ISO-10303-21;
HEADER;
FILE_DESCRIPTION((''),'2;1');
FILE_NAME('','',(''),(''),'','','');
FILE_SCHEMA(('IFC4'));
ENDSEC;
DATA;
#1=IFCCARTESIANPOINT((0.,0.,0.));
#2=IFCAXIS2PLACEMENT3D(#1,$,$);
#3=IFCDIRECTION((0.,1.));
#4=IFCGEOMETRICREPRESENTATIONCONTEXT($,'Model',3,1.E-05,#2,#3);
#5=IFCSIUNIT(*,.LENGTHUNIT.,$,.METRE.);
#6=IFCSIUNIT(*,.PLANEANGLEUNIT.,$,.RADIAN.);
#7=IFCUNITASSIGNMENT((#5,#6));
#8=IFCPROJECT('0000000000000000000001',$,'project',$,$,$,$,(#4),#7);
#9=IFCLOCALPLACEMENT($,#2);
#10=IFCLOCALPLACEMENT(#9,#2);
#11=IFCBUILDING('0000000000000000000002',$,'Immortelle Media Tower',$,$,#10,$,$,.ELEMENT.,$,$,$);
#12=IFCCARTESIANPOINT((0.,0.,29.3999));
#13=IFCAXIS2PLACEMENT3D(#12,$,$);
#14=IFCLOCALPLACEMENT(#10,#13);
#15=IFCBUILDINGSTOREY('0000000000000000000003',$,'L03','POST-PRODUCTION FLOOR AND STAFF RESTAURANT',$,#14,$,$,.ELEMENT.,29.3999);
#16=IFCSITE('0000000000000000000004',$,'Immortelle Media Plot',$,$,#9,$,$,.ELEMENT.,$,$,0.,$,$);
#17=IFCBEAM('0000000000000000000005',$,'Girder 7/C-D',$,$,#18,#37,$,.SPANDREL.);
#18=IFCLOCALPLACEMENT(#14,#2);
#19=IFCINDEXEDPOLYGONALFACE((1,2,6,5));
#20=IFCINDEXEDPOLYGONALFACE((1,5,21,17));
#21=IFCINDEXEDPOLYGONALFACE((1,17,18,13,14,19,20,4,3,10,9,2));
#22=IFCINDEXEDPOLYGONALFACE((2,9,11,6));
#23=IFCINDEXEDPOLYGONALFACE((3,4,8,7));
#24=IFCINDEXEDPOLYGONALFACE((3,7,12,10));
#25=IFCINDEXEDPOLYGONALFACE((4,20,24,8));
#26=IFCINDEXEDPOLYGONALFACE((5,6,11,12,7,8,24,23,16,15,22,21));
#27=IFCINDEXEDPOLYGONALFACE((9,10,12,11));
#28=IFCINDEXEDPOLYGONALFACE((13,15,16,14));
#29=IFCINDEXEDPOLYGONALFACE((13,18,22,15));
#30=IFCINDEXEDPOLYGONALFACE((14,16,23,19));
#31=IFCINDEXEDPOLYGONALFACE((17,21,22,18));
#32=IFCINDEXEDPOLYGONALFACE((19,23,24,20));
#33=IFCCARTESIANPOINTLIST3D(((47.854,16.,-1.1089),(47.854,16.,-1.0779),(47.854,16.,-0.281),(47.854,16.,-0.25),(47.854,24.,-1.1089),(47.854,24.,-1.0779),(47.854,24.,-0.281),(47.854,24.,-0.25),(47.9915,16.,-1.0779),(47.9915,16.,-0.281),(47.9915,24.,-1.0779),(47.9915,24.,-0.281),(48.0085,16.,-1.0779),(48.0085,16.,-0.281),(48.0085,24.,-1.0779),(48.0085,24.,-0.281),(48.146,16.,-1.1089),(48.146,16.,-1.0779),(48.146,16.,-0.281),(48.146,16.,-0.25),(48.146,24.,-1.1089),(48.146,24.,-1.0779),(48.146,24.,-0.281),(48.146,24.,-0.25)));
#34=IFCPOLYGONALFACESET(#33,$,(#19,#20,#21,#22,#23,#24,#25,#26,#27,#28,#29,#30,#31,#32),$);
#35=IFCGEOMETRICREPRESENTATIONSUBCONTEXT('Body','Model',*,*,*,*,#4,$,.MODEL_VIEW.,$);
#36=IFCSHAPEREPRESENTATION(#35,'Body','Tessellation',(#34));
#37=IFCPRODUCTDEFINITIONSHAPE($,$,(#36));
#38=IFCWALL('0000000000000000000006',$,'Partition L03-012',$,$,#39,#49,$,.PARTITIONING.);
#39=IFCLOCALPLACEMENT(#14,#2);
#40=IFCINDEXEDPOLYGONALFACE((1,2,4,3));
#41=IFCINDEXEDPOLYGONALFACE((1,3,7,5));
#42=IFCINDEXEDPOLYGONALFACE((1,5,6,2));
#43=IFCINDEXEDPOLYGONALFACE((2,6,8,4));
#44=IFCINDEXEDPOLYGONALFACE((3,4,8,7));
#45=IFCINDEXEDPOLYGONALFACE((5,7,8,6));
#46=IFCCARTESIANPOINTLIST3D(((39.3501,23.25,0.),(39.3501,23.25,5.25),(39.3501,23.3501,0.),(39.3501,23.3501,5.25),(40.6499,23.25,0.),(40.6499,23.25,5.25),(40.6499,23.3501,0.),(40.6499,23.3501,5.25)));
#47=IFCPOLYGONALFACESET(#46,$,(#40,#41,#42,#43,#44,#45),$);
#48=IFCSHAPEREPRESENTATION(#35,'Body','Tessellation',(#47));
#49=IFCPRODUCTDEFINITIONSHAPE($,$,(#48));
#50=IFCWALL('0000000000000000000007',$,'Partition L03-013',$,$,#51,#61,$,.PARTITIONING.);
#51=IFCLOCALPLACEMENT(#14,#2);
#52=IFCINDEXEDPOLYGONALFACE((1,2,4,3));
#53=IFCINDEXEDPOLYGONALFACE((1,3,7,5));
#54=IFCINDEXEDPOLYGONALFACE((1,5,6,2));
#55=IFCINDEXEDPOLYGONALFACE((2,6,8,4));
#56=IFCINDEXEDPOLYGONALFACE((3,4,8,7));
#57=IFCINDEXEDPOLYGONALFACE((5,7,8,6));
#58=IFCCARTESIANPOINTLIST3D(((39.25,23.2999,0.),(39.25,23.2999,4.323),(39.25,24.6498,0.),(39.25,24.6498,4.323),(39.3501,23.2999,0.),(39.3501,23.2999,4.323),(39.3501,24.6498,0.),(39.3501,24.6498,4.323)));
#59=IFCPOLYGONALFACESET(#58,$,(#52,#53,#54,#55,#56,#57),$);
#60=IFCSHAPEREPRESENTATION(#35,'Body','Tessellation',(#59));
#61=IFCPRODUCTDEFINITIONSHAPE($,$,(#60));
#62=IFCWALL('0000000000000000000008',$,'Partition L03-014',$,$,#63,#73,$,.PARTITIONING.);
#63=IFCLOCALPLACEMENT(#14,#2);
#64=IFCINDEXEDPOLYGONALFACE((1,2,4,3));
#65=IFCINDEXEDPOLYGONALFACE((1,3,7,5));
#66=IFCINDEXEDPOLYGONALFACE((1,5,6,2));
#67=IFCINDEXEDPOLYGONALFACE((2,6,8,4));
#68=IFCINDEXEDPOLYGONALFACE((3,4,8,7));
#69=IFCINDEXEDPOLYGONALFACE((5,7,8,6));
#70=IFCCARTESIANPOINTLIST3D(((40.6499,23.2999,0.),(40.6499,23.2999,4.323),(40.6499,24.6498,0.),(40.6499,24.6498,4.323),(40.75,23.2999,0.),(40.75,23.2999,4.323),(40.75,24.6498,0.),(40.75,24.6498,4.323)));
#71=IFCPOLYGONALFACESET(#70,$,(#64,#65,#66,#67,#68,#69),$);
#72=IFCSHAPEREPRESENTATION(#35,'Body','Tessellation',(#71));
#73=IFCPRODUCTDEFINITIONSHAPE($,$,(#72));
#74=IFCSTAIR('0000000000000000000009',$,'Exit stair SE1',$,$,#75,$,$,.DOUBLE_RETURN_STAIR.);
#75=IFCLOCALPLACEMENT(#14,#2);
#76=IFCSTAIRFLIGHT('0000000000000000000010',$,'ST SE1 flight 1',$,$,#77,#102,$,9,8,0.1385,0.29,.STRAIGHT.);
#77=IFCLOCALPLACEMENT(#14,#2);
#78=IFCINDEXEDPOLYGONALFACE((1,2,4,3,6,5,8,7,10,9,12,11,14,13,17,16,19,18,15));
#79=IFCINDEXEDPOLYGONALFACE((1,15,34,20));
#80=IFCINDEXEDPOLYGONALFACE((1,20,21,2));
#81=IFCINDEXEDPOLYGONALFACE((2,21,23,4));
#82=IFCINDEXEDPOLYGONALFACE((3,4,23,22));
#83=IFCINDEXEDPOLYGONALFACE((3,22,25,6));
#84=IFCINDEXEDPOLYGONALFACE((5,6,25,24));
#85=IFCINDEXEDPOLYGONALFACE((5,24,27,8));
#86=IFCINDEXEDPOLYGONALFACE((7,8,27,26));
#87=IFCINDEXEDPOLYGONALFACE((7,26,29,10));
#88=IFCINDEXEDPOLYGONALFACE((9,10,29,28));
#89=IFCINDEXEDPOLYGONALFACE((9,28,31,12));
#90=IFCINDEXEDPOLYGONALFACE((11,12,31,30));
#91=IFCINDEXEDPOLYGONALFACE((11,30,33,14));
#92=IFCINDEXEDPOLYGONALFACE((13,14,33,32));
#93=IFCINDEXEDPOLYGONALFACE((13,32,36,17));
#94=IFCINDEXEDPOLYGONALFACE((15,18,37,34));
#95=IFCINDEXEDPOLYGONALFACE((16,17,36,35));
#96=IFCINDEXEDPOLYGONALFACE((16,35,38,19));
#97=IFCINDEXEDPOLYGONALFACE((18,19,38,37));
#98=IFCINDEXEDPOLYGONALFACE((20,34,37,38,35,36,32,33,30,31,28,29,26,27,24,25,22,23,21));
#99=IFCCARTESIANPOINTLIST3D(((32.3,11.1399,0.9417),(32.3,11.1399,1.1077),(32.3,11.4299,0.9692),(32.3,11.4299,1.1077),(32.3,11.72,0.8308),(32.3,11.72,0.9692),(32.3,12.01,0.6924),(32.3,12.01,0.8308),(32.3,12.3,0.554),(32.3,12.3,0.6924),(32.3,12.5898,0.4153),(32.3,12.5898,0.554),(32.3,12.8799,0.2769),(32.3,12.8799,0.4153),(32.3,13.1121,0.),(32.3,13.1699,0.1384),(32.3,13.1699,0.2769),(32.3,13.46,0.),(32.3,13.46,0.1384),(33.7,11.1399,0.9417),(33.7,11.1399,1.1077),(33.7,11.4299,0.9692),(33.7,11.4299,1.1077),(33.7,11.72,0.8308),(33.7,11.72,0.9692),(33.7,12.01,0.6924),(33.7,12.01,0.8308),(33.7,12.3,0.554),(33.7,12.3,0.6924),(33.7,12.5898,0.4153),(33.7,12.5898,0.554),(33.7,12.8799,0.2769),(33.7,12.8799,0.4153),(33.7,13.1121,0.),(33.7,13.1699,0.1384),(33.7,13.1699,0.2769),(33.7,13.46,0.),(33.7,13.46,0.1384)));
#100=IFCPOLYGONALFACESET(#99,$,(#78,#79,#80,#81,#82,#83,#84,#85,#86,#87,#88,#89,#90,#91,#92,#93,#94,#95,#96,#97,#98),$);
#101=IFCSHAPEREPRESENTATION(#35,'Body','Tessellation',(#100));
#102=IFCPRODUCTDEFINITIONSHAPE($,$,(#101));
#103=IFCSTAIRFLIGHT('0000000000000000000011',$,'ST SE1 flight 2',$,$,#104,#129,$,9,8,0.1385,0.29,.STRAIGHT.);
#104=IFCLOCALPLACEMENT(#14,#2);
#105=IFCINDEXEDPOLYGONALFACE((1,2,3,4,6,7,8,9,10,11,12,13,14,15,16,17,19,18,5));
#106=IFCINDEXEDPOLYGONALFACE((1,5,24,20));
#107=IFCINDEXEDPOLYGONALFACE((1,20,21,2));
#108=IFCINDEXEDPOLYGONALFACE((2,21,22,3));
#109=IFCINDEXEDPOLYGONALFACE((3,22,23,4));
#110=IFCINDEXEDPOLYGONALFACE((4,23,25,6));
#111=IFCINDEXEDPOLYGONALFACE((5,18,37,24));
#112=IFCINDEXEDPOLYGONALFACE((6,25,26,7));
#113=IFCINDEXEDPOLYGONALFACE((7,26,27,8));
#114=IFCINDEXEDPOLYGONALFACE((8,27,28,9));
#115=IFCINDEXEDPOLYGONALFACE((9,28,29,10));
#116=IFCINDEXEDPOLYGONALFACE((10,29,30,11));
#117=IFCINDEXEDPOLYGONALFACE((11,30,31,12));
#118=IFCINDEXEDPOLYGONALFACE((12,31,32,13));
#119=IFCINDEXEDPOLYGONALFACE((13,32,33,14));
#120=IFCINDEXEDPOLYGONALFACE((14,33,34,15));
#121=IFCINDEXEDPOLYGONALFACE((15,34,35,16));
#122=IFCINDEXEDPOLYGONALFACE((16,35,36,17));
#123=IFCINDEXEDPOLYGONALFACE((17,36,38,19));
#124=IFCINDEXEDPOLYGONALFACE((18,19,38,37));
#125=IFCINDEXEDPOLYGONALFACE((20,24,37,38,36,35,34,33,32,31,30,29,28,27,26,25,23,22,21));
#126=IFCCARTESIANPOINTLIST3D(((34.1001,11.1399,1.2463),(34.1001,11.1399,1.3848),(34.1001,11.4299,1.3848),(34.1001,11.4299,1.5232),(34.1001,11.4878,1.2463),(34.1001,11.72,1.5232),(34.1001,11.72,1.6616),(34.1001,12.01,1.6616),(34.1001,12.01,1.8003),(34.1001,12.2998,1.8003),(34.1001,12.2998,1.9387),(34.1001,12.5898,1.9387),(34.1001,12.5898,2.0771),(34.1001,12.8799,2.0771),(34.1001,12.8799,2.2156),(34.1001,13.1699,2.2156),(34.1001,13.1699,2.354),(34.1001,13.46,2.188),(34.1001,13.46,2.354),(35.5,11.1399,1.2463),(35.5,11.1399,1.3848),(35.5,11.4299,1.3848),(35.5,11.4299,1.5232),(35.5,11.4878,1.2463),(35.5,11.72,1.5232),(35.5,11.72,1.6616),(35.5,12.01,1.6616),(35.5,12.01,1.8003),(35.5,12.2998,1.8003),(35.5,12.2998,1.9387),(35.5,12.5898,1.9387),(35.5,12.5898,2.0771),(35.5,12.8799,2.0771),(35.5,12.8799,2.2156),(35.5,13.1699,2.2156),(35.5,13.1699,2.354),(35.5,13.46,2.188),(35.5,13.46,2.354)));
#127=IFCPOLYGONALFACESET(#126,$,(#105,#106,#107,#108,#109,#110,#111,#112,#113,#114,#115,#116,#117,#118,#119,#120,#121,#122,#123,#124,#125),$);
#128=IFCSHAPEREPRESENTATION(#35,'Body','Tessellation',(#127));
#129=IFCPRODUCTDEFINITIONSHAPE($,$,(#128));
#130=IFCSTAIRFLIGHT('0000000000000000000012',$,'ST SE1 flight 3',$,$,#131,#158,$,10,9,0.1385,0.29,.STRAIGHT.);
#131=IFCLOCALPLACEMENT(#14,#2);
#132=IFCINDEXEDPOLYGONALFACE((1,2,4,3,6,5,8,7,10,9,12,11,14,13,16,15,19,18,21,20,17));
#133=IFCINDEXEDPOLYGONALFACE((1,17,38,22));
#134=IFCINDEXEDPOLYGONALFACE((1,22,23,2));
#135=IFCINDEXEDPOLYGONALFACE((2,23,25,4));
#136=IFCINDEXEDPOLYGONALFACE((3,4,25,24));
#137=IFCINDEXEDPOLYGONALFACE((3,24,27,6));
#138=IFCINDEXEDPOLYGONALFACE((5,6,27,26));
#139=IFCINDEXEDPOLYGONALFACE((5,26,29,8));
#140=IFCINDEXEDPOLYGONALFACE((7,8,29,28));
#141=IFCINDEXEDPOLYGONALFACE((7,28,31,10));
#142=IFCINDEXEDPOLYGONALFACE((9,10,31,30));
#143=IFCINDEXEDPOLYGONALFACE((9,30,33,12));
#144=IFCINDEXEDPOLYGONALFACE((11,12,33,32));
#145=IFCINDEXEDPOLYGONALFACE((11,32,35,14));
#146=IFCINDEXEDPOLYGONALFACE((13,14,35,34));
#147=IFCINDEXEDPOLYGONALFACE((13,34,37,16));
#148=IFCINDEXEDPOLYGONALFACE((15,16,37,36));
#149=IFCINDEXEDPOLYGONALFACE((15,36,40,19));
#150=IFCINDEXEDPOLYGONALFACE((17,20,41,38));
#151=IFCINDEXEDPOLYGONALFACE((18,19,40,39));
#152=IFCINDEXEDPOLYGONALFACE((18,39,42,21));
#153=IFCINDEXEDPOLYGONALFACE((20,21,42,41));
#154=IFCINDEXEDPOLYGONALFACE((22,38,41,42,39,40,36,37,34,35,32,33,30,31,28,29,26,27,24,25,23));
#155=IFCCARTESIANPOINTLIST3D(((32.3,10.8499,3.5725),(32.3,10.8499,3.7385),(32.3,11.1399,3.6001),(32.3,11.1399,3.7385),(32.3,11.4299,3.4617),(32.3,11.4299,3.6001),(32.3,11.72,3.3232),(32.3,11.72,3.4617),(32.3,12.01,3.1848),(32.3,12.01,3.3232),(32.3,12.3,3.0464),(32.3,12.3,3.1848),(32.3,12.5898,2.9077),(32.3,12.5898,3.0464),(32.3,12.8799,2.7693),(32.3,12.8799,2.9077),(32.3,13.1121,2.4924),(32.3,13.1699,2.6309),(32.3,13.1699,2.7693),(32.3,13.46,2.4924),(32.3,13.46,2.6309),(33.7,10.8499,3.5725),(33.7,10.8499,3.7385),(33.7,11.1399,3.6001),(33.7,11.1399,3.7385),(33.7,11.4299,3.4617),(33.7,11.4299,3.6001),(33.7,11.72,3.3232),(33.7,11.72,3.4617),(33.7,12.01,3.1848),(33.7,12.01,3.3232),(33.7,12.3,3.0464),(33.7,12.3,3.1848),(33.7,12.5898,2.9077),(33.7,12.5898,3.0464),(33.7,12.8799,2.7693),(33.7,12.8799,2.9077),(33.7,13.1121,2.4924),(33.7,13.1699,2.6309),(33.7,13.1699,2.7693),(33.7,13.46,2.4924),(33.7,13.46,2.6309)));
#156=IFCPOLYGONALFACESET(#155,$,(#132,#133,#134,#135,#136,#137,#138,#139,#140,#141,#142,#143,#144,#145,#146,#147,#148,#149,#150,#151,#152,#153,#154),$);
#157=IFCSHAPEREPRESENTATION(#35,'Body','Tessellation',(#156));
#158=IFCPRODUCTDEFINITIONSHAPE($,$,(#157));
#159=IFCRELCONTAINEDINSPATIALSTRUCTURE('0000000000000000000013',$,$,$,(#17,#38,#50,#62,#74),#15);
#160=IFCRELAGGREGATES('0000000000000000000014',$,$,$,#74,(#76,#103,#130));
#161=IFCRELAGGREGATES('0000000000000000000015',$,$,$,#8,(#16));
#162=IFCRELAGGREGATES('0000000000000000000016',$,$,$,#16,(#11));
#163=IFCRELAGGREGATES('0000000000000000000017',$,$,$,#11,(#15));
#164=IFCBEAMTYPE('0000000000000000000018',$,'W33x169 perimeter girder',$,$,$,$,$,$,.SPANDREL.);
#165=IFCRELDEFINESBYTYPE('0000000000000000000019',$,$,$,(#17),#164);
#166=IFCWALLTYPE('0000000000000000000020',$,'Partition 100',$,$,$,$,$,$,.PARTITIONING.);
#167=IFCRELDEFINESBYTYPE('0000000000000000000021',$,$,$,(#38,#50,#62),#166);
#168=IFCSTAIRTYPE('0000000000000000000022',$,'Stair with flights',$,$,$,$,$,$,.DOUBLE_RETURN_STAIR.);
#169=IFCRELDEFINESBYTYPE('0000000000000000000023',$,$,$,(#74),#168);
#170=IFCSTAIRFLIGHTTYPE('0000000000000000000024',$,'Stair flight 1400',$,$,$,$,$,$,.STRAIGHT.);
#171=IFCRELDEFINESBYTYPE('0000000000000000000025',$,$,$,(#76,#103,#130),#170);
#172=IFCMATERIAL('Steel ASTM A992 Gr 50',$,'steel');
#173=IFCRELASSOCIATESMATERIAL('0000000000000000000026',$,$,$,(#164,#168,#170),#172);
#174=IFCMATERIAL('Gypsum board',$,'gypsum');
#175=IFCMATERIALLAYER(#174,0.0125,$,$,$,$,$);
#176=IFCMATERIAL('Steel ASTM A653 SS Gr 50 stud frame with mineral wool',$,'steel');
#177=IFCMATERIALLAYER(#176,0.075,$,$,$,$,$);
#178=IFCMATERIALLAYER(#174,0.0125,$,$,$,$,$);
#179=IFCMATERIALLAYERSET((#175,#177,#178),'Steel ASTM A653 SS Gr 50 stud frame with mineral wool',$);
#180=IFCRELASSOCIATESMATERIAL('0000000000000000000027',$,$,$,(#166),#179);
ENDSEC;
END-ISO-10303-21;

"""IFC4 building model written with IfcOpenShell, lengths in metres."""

from ifc_helpers import new_model, si_unit, direction, frame, frame_2d, origin, origin_2d, place, context, subcontext, project, spatial, polyline, rectangle, i_section, outline, extrude, material, layer, layer_set, material_profile, profile_set, type_object, element, aggregate, save


model = new_model("IFC4")

# Units and contexts
model_context = context("Model", 3, precision=1e-05, world=origin(), true_north=direction((0.0, 1.0)))
body_context = subcontext(model_context, "Body", "Model", "MODEL_VIEW")
ifc_project = project(units=[si_unit("LENGTHUNIT", "METRE"), si_unit("PLANEANGLEUNIT", "RADIAN")], contexts=[model_context])

# Site, building, storey
site_placement = place(None, origin())
site = spatial("IfcSite", under=ifc_project, at=site_placement, Name="Immortelle Media Plot", CompositionType="ELEMENT", RefElevation=0.0)
building_placement = place(site_placement, origin())
building = spatial("IfcBuilding", under=site, at=building_placement, Name="Immortelle Media Tower", CompositionType="ELEMENT")
storey_placement = place(building_placement, frame((0.0, 0.0, 29.3999)))
storey = spatial("IfcBuildingStorey", under=building, at=storey_placement, Name="L03", Description="POST-PRODUCTION FLOOR AND STAFF RESTAURANT", CompositionType="ELEMENT", Elevation=29.3999)

# Shared definitions
ifc_material_1 = material(Name="Steel ASTM A992 Gr 50", Category="steel")

# Beam
ifc_material_profile_1 = material_profile(ifc_material_1, i_section(OverallWidth=0.292, OverallDepth=0.8589, WebThickness=0.0171, FlangeThickness=0.031, at=origin_2d()), Name="W33x169")
ifc_profile_set_1 = profile_set([ifc_material_profile_1], Name="Steel ASTM A992 Gr 50")
beam_type_1 = type_object("IfcBeamType", Name="W33x169 perimeter girder", PredefinedType="SPANDREL", material=ifc_profile_set_1)
beam_placement = place(storey_placement, frame((48.0, 16.0, -0.6794), z_axis=(0.0, 1.0, 0.0), x_axis=(-1.0, 0.0, 0.0)))
element("IfcBeam", 1, at=beam_placement, inside=storey, type_object=beam_type_1, Name="Girder 7/C-D", PredefinedType="SPANDREL", context=body_context, shape_type="SweptSolid", body=[
    extrude(i_section(OverallWidth=0.292, OverallDepth=0.8589, WebThickness=0.0171, FlangeThickness=0.031, at=origin_2d()), origin(), (0.0, 0.0, 1.0), 8.0),
])

# Walls
ifc_material_2 = material(Name="Gypsum board", Category="gypsum")
ifc_layer_1 = layer(ifc_material_2, 0.0125)
ifc_material_3 = material(Name="Steel ASTM A653 SS Gr 50 stud frame with mineral wool", Category="steel")
ifc_layer_2 = layer(ifc_material_3, 0.075)
ifc_layer_3 = layer(ifc_material_2, 0.0125)
ifc_layer_set = layer_set([ifc_layer_1, ifc_layer_2, ifc_layer_3], Name="Steel ASTM A653 SS Gr 50 stud frame with mineral wool")
wall_type = type_object("IfcWallType", Name="Partition 100", PredefinedType="PARTITIONING", material=ifc_layer_set)
wall_placement = place(storey_placement, frame((39.3501, 23.3, 0.0), z_axis=(0.0, 0.0, 1.0), x_axis=(1.0, 0.0, 0.0)))
element("IfcWall", 2, at=wall_placement, inside=storey, type_object=wall_type, Name="Partition L03-012", PredefinedType="PARTITIONING", context=body_context, shape_type="SweptSolid", body=[
    extrude(rectangle(XDim=1.2998, YDim=0.1001, at=frame_2d((0.6499, 0.0))), origin(), (0.0, 0.0, 1.0), 5.25),
])
for number, where, z_axis, x_axis, name in (
    (3, (39.3, 23.3, 0.0), (0.0, 0.0, 1.0), (0.0, 1.0, 0.0), "Partition L03-013"),
    (4, (40.7, 23.3, 0.0), (0.0, 0.0, 1.0), (0.0, 1.0, 0.0), "Partition L03-014"),
):
    element("IfcWall", number, at=place(storey_placement, frame(where, z_axis=z_axis, x_axis=x_axis)), inside=storey, type_object=wall_type, Name=name, PredefinedType="PARTITIONING", context=body_context, shape_type="SweptSolid", body=[
        extrude(rectangle(XDim=1.3499, YDim=0.1001, at=frame_2d((0.6748, 0.0))), origin(), (0.0, 0.0, 1.0), 4.323),
    ])

# Stair, stair flights
stair_type = type_object("IfcStairType", Name="Stair with flights", PredefinedType="DOUBLE_RETURN_STAIR", material=ifc_material_1)
stair_1_placement = place(storey_placement, origin())
stair_1 = element("IfcStair", 5, at=stair_1_placement, inside=storey, type_object=stair_type, Name="Exit stair SE1", PredefinedType="DOUBLE_RETURN_STAIR")
stair_flight_type = type_object("IfcStairFlightType", Name="Stair flight 1400", PredefinedType="STRAIGHT", material=ifc_material_1)
stair_flight_1_placement = place(storey_placement, frame((33.0, 13.46, 0.0), z_axis=(0.0, 0.0, 1.0), x_axis=(0.0, -1.0, 0.0)))
stair_flight_1 = element("IfcStairFlight", 6, at=stair_flight_1_placement, type_object=stair_flight_type, Name="ST SE1 flight 1", NumberOfRisers=9, NumberOfTreads=8, PredefinedType="STRAIGHT", RiserHeight=0.1385, TreadLength=0.29, context=body_context, shape_type="SweptSolid", body=[
    extrude(outline(polyline([(0.0, 0.0), (0.0, 0.1384), (0.29, 0.1384), (0.29, 0.2769), (0.5801, 0.2769), (0.5801, 0.4153), (0.8701, 0.4153), (0.8701, 0.554), (1.1599, 0.554), (1.1599, 0.6924), (1.45, 0.6924), (1.45, 0.8308), (1.74, 0.8308), (1.74, 0.9692), (2.03, 0.9692), (2.03, 1.1077), (2.3201, 1.1077), (2.3201, 1.2461), (2.3201, 0.9417), (0.3479, 0.0), (0.0, 0.0)])), frame((0.0, 0.7, 0.0), z_axis=(0.0, -1.0, 0.0), x_axis=(1.0, 0.0, 0.0)), (0.0, 0.0, 1.0), 1.3999),
])
stair_flight_2_placement = place(storey_placement, frame((34.8, 11.1399, 1.2463), z_axis=(0.0, 0.0, 1.0), x_axis=(0.0, 1.0, 0.0)))
stair_flight_2 = element("IfcStairFlight", 7, at=stair_flight_2_placement, type_object=stair_flight_type, Name="ST SE1 flight 2", NumberOfRisers=9, NumberOfTreads=8, PredefinedType="STRAIGHT", RiserHeight=0.1385, TreadLength=0.29, context=body_context, shape_type="SweptSolid", body=[
    extrude(outline(polyline([(0.0, 0.0), (0.0, 0.1384), (0.29, 0.1384), (0.29, 0.2769), (0.5801, 0.2769), (0.5801, 0.4153), (0.8701, 0.4153), (0.8701, 0.554), (1.1599, 0.554), (1.1599, 0.6924), (1.45, 0.6924), (1.45, 0.8308), (1.74, 0.8308), (1.74, 0.9692), (2.03, 0.9692), (2.03, 1.1077), (2.3201, 1.1077), (2.3201, 1.2461), (2.3201, 0.9417), (0.3479, 0.0), (0.0, 0.0)])), frame((0.0, 0.7, 0.0), z_axis=(0.0, -1.0, 0.0), x_axis=(1.0, 0.0, 0.0)), (0.0, 0.0, 1.0), 1.3999),
])
stair_flight_3_placement = place(storey_placement, frame((33.0, 13.46, 2.4924), z_axis=(0.0, 0.0, 1.0), x_axis=(0.0, -1.0, 0.0)))
stair_flight_3 = element("IfcStairFlight", 8, at=stair_flight_3_placement, type_object=stair_flight_type, Name="ST SE1 flight 3", NumberOfRisers=10, NumberOfTreads=9, PredefinedType="STRAIGHT", RiserHeight=0.1385, TreadLength=0.29, context=body_context, shape_type="SweptSolid", body=[
    extrude(outline(polyline([(0.0, 0.0), (0.0, 0.1384), (0.29, 0.1384), (0.29, 0.2769), (0.5801, 0.2769), (0.5801, 0.4153), (0.8701, 0.4153), (0.8701, 0.554), (1.1599, 0.554), (1.1599, 0.6924), (1.45, 0.6924), (1.45, 0.8308), (1.74, 0.8308), (1.74, 0.9692), (2.03, 0.9692), (2.03, 1.1077), (2.3201, 1.1077), (2.3201, 1.2461), (2.6101, 1.2461), (2.6101, 1.3845), (2.6101, 1.0801), (0.3479, 0.0), (0.0, 0.0)])), frame((0.0, 0.7, 0.0), z_axis=(0.0, -1.0, 0.0), x_axis=(1.0, 0.0, 0.0)), (0.0, 0.0, 1.0), 1.3999),
])
aggregate(stair_1, [stair_flight_1, stair_flight_2, stair_flight_3])

save(model, "model.ifc")
